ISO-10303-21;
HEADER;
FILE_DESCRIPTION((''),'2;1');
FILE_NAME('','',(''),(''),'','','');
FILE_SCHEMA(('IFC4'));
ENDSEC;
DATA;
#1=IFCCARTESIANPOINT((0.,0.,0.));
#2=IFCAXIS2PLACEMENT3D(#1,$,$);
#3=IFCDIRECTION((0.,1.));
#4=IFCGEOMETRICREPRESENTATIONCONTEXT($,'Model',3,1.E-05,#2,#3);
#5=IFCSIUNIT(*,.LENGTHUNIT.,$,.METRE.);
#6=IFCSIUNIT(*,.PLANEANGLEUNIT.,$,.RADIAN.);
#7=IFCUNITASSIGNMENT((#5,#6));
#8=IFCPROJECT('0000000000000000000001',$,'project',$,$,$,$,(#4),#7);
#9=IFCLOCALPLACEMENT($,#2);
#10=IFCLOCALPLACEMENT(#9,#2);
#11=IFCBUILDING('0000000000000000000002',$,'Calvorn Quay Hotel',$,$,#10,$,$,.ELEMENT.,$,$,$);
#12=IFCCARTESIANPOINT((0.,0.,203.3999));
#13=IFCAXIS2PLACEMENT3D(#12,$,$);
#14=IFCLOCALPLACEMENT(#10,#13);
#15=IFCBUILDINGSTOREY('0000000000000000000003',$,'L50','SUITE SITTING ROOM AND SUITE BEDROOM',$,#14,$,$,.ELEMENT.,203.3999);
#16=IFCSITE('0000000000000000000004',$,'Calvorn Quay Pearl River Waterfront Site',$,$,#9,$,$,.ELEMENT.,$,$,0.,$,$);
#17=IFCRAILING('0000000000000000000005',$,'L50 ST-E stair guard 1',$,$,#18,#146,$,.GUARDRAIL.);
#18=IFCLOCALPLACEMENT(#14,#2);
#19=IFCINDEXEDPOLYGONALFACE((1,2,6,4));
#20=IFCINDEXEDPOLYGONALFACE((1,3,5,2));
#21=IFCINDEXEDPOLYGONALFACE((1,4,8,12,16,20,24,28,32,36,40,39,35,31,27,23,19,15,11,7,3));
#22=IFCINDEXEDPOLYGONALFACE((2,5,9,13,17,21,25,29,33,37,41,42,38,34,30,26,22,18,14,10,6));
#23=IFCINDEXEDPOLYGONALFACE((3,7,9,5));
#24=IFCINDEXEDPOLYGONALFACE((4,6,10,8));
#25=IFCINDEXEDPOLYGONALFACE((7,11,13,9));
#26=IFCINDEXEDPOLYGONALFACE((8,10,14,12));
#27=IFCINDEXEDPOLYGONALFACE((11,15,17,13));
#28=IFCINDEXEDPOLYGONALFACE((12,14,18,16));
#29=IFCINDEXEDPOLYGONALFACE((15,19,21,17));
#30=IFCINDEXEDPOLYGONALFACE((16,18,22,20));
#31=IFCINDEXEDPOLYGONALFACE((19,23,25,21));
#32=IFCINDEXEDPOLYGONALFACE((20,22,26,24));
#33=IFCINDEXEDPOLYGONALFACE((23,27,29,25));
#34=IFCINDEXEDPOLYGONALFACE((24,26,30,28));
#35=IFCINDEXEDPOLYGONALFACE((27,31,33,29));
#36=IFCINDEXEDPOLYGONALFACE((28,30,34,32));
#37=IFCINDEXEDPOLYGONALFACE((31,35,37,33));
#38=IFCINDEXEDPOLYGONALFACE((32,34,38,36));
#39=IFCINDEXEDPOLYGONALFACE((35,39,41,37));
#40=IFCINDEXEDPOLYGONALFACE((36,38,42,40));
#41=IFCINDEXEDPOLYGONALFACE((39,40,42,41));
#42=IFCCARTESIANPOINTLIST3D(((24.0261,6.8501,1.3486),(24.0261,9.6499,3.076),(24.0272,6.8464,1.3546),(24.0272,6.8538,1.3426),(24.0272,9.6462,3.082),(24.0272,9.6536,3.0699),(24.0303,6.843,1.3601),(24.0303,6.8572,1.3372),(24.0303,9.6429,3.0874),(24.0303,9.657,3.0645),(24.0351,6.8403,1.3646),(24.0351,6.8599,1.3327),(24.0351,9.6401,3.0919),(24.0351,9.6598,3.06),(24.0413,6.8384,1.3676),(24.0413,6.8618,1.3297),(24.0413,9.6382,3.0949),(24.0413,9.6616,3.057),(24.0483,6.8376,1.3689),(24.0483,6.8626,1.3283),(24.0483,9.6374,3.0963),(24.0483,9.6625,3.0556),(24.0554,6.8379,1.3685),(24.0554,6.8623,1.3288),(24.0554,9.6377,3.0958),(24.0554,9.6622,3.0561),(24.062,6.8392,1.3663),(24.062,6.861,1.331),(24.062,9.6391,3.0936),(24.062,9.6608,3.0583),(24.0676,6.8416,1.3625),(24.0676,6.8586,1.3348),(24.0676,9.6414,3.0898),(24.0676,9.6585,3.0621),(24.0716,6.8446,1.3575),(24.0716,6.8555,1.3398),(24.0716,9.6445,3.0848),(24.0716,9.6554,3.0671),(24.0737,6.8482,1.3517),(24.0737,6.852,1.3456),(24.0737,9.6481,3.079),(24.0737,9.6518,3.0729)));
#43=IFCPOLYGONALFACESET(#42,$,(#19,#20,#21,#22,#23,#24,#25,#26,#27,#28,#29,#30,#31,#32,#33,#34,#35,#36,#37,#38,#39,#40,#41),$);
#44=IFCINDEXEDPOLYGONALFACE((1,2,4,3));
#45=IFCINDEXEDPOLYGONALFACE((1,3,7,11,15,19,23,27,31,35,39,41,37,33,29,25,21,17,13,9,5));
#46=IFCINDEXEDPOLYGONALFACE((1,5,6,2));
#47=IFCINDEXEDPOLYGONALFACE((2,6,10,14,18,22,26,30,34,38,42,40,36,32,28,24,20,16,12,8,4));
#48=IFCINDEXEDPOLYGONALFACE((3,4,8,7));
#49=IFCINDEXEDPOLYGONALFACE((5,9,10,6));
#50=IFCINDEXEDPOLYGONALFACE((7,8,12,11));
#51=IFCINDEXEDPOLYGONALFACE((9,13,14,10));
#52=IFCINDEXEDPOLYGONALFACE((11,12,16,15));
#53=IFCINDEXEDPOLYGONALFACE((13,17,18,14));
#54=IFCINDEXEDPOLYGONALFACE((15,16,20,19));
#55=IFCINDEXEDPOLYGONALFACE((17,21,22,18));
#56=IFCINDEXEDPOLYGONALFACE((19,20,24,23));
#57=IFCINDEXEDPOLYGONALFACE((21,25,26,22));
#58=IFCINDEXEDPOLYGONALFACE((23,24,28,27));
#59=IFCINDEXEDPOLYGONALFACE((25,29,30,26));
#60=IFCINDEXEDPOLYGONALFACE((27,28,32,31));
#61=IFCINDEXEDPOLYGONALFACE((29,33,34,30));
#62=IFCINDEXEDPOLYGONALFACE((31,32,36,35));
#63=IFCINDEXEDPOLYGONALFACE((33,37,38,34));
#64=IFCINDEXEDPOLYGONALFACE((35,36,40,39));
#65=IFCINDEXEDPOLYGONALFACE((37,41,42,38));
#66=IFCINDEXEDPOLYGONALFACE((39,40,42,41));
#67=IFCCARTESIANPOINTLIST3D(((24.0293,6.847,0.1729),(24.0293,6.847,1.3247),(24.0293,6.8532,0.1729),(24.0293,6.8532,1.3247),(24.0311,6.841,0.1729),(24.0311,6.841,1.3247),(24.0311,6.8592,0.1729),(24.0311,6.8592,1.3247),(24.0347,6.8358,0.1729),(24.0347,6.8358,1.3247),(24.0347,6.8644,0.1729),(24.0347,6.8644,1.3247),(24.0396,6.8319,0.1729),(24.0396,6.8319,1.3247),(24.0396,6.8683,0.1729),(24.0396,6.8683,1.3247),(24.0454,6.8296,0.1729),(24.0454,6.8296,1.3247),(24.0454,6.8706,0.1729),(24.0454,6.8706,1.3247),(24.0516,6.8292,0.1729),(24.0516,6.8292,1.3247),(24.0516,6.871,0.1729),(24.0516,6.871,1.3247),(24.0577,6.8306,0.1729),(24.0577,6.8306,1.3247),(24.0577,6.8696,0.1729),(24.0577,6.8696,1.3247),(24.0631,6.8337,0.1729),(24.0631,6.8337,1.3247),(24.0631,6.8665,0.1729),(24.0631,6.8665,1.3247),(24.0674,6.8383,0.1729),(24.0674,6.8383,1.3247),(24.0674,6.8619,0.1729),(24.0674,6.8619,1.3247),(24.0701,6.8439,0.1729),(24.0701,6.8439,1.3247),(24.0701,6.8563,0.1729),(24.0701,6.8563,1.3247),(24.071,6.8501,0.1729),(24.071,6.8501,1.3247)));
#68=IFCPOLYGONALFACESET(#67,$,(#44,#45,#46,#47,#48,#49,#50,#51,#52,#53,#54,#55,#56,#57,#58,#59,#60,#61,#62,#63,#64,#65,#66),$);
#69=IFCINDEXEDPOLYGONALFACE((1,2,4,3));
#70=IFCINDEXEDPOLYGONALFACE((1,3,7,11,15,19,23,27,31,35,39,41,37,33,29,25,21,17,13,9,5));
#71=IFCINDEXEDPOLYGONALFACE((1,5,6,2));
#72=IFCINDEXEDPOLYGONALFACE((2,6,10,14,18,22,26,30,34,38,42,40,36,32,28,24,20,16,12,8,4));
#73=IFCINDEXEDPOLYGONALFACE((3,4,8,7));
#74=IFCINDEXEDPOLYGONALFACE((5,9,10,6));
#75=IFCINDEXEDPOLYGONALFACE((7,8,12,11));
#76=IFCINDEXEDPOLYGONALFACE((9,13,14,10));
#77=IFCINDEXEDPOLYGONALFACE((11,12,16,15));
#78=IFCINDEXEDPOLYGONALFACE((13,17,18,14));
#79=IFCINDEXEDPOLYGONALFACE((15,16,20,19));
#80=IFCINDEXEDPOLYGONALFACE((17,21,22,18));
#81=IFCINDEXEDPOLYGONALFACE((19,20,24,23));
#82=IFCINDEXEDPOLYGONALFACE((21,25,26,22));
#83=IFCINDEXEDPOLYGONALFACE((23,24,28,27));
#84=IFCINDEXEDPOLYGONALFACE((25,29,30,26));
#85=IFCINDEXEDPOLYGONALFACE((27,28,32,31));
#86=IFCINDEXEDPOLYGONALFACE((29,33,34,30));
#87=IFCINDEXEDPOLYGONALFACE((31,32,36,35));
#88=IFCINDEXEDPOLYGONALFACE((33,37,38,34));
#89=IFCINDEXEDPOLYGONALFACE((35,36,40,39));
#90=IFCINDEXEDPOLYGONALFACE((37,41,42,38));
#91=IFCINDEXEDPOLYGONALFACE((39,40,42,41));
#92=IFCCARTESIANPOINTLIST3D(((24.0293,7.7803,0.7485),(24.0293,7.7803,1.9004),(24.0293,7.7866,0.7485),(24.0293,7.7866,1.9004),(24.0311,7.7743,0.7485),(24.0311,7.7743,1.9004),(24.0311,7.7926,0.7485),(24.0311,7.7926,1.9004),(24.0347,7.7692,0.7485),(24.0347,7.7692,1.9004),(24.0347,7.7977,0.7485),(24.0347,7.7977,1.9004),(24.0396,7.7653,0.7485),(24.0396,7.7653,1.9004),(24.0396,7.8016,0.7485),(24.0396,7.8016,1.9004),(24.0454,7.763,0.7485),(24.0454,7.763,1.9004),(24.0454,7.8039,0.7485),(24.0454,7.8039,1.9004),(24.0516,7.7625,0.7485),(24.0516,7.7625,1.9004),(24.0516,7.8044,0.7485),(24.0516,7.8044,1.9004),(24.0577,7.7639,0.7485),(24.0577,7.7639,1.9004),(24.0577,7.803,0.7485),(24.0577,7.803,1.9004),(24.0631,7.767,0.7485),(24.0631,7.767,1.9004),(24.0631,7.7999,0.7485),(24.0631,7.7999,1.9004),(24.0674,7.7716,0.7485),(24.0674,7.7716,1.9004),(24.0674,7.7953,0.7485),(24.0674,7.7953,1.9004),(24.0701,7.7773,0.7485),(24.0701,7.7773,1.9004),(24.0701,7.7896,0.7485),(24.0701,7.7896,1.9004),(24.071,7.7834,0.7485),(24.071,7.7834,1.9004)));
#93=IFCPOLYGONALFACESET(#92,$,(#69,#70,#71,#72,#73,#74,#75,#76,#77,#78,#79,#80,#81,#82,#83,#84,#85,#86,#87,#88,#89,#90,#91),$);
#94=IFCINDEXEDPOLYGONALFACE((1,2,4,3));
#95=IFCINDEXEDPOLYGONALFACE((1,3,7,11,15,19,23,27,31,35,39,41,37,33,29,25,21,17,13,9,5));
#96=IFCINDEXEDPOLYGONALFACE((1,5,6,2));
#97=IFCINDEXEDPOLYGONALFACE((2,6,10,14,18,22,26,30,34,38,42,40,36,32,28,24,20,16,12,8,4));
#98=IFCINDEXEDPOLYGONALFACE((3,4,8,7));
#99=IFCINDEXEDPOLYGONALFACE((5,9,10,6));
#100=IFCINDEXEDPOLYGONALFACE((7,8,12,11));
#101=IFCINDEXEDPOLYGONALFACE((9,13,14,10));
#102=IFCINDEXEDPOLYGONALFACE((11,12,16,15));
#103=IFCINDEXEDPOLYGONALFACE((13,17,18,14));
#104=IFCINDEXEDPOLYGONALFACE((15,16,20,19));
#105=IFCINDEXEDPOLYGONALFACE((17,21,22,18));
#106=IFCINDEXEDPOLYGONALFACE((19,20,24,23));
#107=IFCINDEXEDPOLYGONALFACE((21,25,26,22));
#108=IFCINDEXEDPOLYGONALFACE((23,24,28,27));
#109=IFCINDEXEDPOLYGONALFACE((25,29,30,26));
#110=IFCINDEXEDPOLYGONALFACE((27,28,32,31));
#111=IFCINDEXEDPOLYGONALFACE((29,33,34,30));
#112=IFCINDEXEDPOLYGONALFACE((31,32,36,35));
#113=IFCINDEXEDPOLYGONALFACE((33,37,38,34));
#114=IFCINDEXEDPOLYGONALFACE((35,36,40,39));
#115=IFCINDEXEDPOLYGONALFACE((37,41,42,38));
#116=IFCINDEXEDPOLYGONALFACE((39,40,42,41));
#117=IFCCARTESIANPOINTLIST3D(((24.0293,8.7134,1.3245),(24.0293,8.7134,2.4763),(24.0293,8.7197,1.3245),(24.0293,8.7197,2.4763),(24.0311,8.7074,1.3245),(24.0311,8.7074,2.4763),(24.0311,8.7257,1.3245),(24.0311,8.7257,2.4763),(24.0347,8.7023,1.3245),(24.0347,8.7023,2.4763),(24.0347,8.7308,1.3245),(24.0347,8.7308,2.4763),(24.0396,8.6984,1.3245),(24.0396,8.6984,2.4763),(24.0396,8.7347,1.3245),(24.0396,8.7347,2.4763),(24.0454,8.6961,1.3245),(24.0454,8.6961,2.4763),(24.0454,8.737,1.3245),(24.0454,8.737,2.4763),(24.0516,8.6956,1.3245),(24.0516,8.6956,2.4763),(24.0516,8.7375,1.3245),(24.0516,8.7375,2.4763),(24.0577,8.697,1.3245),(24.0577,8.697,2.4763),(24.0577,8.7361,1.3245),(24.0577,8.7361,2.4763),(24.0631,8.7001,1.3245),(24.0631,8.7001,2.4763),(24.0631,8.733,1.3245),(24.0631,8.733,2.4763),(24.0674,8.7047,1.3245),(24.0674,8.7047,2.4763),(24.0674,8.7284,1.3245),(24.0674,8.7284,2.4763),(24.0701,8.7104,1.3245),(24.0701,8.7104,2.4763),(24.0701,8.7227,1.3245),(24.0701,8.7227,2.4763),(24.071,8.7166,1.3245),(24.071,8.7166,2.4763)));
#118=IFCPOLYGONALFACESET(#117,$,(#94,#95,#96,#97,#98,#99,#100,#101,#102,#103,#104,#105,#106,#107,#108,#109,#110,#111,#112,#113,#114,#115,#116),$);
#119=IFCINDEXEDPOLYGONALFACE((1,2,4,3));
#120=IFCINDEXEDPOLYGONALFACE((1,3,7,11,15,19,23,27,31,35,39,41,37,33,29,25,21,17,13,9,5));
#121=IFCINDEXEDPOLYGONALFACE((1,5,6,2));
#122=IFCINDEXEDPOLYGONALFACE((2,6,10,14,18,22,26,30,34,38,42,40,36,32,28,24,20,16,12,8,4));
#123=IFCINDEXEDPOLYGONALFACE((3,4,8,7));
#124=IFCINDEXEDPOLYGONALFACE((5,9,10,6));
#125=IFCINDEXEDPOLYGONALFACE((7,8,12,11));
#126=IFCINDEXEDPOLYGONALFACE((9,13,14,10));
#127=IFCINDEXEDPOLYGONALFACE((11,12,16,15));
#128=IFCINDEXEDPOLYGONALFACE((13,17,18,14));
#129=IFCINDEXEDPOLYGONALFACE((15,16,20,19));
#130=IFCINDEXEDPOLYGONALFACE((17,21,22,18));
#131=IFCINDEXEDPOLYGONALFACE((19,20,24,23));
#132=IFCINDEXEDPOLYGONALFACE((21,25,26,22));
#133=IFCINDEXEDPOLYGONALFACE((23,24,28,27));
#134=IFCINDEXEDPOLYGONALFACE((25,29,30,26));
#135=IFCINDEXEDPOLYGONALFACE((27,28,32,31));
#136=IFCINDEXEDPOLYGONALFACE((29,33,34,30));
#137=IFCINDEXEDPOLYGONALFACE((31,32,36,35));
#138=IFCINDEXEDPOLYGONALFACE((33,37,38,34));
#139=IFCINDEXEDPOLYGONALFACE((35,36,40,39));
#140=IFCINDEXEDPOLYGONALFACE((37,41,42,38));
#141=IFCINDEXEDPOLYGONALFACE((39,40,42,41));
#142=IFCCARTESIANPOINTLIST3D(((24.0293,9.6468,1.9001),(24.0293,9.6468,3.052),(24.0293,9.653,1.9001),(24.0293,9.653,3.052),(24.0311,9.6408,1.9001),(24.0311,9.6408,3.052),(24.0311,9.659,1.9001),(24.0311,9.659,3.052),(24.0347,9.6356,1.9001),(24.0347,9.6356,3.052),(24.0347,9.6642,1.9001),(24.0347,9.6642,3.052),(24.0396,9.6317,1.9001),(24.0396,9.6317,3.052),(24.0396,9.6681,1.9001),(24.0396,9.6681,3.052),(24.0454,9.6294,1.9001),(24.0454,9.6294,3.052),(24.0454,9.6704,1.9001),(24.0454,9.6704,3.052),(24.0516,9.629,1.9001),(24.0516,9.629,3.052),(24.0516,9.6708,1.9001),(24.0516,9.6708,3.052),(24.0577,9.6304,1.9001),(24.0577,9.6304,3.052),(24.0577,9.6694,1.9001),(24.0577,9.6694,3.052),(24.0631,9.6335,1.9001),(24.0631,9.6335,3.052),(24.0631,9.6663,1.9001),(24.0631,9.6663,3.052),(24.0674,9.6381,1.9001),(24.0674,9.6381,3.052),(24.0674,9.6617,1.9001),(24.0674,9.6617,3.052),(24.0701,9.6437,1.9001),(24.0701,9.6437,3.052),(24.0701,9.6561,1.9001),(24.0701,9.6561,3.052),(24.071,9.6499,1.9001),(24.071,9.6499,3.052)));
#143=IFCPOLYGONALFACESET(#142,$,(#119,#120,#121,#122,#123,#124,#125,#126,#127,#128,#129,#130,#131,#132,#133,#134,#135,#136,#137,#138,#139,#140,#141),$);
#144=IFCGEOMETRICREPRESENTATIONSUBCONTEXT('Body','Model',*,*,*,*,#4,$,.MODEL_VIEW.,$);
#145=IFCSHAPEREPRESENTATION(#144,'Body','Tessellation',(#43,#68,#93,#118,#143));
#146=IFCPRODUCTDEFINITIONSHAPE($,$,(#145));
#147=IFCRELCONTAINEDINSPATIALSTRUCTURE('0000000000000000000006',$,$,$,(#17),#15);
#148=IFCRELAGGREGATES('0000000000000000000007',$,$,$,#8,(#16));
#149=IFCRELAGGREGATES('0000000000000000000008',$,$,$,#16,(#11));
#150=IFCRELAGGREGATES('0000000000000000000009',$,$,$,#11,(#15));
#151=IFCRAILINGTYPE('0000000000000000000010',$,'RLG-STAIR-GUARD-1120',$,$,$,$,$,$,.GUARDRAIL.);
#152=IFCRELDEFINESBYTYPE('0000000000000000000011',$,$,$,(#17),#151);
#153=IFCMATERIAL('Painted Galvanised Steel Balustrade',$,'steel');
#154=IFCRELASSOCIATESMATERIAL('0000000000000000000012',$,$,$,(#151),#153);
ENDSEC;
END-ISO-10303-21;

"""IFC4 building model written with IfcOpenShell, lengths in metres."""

from ifc_helpers import new_model, si_unit, direction, frame, origin, origin_2d, place, context, subcontext, project, spatial, circle, extrude, material, type_object, element, save


model = new_model("IFC4")

# Units and contexts
model_context = context("Model", 3, precision=1e-05, world=origin(), true_north=direction((0.0, 1.0)))
body_context = subcontext(model_context, "Body", "Model", "MODEL_VIEW")
ifc_project = project(units=[si_unit("LENGTHUNIT", "METRE"), si_unit("PLANEANGLEUNIT", "RADIAN")], contexts=[model_context])

# Site, building, storey
site_placement = place(None, origin())
site = spatial("IfcSite", under=ifc_project, at=site_placement, Name="Calvorn Quay Pearl River Waterfront Site", CompositionType="ELEMENT", RefElevation=0.0)
building_placement = place(site_placement, origin())
building = spatial("IfcBuilding", under=site, at=building_placement, Name="Calvorn Quay Hotel", CompositionType="ELEMENT")
storey_placement = place(building_placement, frame((0.0, 0.0, 203.3999)))
storey = spatial("IfcBuildingStorey", under=building, at=storey_placement, Name="L50", Description="SUITE SITTING ROOM AND SUITE BEDROOM", CompositionType="ELEMENT", Elevation=203.3999)

# Railing
ifc_material_1 = material(Name="Painted Galvanised Steel Balustrade", Category="steel")
railing_type_1 = type_object("IfcRailingType", Name="RLG-STAIR-GUARD-1120", PredefinedType="GUARDRAIL", material=ifc_material_1)
railing_1_placement = place(storey_placement, frame((24.05, 6.8501, 0.1729)))
element("IfcRailing", 1, at=railing_1_placement, inside=storey, type_object=railing_type_1, Name="L50 ST-E stair guard 1", PredefinedType="GUARDRAIL", context=body_context, shape_type="SweptSolid", body=[
    extrude(circle(Radius=0.0239, at=origin_2d()), frame((0.0, 0.0, 1.1758), z_axis=(0.0, 0.851069, 0.525054), x_axis=(-1.0, 0.0, 0.0)), (0.0, 0.0, 1.0), 3.2898),
    extrude(circle(Radius=0.021, at=origin_2d()), origin(), (0.0, 0.0, 1.0), 1.1519),
    extrude(circle(Radius=0.021, at=origin_2d()), frame((0.0, 0.9333, 0.5757)), (0.0, 0.0, 1.0), 1.1519),
    extrude(circle(Radius=0.021, at=origin_2d()), frame((0.0, 1.8665, 1.1516)), (0.0, 0.0, 1.0), 1.1519),
    extrude(circle(Radius=0.021, at=origin_2d()), frame((0.0, 2.7998, 1.7273)), (0.0, 0.0, 1.0), 1.1519),
])

save(model, "model.ifc")
